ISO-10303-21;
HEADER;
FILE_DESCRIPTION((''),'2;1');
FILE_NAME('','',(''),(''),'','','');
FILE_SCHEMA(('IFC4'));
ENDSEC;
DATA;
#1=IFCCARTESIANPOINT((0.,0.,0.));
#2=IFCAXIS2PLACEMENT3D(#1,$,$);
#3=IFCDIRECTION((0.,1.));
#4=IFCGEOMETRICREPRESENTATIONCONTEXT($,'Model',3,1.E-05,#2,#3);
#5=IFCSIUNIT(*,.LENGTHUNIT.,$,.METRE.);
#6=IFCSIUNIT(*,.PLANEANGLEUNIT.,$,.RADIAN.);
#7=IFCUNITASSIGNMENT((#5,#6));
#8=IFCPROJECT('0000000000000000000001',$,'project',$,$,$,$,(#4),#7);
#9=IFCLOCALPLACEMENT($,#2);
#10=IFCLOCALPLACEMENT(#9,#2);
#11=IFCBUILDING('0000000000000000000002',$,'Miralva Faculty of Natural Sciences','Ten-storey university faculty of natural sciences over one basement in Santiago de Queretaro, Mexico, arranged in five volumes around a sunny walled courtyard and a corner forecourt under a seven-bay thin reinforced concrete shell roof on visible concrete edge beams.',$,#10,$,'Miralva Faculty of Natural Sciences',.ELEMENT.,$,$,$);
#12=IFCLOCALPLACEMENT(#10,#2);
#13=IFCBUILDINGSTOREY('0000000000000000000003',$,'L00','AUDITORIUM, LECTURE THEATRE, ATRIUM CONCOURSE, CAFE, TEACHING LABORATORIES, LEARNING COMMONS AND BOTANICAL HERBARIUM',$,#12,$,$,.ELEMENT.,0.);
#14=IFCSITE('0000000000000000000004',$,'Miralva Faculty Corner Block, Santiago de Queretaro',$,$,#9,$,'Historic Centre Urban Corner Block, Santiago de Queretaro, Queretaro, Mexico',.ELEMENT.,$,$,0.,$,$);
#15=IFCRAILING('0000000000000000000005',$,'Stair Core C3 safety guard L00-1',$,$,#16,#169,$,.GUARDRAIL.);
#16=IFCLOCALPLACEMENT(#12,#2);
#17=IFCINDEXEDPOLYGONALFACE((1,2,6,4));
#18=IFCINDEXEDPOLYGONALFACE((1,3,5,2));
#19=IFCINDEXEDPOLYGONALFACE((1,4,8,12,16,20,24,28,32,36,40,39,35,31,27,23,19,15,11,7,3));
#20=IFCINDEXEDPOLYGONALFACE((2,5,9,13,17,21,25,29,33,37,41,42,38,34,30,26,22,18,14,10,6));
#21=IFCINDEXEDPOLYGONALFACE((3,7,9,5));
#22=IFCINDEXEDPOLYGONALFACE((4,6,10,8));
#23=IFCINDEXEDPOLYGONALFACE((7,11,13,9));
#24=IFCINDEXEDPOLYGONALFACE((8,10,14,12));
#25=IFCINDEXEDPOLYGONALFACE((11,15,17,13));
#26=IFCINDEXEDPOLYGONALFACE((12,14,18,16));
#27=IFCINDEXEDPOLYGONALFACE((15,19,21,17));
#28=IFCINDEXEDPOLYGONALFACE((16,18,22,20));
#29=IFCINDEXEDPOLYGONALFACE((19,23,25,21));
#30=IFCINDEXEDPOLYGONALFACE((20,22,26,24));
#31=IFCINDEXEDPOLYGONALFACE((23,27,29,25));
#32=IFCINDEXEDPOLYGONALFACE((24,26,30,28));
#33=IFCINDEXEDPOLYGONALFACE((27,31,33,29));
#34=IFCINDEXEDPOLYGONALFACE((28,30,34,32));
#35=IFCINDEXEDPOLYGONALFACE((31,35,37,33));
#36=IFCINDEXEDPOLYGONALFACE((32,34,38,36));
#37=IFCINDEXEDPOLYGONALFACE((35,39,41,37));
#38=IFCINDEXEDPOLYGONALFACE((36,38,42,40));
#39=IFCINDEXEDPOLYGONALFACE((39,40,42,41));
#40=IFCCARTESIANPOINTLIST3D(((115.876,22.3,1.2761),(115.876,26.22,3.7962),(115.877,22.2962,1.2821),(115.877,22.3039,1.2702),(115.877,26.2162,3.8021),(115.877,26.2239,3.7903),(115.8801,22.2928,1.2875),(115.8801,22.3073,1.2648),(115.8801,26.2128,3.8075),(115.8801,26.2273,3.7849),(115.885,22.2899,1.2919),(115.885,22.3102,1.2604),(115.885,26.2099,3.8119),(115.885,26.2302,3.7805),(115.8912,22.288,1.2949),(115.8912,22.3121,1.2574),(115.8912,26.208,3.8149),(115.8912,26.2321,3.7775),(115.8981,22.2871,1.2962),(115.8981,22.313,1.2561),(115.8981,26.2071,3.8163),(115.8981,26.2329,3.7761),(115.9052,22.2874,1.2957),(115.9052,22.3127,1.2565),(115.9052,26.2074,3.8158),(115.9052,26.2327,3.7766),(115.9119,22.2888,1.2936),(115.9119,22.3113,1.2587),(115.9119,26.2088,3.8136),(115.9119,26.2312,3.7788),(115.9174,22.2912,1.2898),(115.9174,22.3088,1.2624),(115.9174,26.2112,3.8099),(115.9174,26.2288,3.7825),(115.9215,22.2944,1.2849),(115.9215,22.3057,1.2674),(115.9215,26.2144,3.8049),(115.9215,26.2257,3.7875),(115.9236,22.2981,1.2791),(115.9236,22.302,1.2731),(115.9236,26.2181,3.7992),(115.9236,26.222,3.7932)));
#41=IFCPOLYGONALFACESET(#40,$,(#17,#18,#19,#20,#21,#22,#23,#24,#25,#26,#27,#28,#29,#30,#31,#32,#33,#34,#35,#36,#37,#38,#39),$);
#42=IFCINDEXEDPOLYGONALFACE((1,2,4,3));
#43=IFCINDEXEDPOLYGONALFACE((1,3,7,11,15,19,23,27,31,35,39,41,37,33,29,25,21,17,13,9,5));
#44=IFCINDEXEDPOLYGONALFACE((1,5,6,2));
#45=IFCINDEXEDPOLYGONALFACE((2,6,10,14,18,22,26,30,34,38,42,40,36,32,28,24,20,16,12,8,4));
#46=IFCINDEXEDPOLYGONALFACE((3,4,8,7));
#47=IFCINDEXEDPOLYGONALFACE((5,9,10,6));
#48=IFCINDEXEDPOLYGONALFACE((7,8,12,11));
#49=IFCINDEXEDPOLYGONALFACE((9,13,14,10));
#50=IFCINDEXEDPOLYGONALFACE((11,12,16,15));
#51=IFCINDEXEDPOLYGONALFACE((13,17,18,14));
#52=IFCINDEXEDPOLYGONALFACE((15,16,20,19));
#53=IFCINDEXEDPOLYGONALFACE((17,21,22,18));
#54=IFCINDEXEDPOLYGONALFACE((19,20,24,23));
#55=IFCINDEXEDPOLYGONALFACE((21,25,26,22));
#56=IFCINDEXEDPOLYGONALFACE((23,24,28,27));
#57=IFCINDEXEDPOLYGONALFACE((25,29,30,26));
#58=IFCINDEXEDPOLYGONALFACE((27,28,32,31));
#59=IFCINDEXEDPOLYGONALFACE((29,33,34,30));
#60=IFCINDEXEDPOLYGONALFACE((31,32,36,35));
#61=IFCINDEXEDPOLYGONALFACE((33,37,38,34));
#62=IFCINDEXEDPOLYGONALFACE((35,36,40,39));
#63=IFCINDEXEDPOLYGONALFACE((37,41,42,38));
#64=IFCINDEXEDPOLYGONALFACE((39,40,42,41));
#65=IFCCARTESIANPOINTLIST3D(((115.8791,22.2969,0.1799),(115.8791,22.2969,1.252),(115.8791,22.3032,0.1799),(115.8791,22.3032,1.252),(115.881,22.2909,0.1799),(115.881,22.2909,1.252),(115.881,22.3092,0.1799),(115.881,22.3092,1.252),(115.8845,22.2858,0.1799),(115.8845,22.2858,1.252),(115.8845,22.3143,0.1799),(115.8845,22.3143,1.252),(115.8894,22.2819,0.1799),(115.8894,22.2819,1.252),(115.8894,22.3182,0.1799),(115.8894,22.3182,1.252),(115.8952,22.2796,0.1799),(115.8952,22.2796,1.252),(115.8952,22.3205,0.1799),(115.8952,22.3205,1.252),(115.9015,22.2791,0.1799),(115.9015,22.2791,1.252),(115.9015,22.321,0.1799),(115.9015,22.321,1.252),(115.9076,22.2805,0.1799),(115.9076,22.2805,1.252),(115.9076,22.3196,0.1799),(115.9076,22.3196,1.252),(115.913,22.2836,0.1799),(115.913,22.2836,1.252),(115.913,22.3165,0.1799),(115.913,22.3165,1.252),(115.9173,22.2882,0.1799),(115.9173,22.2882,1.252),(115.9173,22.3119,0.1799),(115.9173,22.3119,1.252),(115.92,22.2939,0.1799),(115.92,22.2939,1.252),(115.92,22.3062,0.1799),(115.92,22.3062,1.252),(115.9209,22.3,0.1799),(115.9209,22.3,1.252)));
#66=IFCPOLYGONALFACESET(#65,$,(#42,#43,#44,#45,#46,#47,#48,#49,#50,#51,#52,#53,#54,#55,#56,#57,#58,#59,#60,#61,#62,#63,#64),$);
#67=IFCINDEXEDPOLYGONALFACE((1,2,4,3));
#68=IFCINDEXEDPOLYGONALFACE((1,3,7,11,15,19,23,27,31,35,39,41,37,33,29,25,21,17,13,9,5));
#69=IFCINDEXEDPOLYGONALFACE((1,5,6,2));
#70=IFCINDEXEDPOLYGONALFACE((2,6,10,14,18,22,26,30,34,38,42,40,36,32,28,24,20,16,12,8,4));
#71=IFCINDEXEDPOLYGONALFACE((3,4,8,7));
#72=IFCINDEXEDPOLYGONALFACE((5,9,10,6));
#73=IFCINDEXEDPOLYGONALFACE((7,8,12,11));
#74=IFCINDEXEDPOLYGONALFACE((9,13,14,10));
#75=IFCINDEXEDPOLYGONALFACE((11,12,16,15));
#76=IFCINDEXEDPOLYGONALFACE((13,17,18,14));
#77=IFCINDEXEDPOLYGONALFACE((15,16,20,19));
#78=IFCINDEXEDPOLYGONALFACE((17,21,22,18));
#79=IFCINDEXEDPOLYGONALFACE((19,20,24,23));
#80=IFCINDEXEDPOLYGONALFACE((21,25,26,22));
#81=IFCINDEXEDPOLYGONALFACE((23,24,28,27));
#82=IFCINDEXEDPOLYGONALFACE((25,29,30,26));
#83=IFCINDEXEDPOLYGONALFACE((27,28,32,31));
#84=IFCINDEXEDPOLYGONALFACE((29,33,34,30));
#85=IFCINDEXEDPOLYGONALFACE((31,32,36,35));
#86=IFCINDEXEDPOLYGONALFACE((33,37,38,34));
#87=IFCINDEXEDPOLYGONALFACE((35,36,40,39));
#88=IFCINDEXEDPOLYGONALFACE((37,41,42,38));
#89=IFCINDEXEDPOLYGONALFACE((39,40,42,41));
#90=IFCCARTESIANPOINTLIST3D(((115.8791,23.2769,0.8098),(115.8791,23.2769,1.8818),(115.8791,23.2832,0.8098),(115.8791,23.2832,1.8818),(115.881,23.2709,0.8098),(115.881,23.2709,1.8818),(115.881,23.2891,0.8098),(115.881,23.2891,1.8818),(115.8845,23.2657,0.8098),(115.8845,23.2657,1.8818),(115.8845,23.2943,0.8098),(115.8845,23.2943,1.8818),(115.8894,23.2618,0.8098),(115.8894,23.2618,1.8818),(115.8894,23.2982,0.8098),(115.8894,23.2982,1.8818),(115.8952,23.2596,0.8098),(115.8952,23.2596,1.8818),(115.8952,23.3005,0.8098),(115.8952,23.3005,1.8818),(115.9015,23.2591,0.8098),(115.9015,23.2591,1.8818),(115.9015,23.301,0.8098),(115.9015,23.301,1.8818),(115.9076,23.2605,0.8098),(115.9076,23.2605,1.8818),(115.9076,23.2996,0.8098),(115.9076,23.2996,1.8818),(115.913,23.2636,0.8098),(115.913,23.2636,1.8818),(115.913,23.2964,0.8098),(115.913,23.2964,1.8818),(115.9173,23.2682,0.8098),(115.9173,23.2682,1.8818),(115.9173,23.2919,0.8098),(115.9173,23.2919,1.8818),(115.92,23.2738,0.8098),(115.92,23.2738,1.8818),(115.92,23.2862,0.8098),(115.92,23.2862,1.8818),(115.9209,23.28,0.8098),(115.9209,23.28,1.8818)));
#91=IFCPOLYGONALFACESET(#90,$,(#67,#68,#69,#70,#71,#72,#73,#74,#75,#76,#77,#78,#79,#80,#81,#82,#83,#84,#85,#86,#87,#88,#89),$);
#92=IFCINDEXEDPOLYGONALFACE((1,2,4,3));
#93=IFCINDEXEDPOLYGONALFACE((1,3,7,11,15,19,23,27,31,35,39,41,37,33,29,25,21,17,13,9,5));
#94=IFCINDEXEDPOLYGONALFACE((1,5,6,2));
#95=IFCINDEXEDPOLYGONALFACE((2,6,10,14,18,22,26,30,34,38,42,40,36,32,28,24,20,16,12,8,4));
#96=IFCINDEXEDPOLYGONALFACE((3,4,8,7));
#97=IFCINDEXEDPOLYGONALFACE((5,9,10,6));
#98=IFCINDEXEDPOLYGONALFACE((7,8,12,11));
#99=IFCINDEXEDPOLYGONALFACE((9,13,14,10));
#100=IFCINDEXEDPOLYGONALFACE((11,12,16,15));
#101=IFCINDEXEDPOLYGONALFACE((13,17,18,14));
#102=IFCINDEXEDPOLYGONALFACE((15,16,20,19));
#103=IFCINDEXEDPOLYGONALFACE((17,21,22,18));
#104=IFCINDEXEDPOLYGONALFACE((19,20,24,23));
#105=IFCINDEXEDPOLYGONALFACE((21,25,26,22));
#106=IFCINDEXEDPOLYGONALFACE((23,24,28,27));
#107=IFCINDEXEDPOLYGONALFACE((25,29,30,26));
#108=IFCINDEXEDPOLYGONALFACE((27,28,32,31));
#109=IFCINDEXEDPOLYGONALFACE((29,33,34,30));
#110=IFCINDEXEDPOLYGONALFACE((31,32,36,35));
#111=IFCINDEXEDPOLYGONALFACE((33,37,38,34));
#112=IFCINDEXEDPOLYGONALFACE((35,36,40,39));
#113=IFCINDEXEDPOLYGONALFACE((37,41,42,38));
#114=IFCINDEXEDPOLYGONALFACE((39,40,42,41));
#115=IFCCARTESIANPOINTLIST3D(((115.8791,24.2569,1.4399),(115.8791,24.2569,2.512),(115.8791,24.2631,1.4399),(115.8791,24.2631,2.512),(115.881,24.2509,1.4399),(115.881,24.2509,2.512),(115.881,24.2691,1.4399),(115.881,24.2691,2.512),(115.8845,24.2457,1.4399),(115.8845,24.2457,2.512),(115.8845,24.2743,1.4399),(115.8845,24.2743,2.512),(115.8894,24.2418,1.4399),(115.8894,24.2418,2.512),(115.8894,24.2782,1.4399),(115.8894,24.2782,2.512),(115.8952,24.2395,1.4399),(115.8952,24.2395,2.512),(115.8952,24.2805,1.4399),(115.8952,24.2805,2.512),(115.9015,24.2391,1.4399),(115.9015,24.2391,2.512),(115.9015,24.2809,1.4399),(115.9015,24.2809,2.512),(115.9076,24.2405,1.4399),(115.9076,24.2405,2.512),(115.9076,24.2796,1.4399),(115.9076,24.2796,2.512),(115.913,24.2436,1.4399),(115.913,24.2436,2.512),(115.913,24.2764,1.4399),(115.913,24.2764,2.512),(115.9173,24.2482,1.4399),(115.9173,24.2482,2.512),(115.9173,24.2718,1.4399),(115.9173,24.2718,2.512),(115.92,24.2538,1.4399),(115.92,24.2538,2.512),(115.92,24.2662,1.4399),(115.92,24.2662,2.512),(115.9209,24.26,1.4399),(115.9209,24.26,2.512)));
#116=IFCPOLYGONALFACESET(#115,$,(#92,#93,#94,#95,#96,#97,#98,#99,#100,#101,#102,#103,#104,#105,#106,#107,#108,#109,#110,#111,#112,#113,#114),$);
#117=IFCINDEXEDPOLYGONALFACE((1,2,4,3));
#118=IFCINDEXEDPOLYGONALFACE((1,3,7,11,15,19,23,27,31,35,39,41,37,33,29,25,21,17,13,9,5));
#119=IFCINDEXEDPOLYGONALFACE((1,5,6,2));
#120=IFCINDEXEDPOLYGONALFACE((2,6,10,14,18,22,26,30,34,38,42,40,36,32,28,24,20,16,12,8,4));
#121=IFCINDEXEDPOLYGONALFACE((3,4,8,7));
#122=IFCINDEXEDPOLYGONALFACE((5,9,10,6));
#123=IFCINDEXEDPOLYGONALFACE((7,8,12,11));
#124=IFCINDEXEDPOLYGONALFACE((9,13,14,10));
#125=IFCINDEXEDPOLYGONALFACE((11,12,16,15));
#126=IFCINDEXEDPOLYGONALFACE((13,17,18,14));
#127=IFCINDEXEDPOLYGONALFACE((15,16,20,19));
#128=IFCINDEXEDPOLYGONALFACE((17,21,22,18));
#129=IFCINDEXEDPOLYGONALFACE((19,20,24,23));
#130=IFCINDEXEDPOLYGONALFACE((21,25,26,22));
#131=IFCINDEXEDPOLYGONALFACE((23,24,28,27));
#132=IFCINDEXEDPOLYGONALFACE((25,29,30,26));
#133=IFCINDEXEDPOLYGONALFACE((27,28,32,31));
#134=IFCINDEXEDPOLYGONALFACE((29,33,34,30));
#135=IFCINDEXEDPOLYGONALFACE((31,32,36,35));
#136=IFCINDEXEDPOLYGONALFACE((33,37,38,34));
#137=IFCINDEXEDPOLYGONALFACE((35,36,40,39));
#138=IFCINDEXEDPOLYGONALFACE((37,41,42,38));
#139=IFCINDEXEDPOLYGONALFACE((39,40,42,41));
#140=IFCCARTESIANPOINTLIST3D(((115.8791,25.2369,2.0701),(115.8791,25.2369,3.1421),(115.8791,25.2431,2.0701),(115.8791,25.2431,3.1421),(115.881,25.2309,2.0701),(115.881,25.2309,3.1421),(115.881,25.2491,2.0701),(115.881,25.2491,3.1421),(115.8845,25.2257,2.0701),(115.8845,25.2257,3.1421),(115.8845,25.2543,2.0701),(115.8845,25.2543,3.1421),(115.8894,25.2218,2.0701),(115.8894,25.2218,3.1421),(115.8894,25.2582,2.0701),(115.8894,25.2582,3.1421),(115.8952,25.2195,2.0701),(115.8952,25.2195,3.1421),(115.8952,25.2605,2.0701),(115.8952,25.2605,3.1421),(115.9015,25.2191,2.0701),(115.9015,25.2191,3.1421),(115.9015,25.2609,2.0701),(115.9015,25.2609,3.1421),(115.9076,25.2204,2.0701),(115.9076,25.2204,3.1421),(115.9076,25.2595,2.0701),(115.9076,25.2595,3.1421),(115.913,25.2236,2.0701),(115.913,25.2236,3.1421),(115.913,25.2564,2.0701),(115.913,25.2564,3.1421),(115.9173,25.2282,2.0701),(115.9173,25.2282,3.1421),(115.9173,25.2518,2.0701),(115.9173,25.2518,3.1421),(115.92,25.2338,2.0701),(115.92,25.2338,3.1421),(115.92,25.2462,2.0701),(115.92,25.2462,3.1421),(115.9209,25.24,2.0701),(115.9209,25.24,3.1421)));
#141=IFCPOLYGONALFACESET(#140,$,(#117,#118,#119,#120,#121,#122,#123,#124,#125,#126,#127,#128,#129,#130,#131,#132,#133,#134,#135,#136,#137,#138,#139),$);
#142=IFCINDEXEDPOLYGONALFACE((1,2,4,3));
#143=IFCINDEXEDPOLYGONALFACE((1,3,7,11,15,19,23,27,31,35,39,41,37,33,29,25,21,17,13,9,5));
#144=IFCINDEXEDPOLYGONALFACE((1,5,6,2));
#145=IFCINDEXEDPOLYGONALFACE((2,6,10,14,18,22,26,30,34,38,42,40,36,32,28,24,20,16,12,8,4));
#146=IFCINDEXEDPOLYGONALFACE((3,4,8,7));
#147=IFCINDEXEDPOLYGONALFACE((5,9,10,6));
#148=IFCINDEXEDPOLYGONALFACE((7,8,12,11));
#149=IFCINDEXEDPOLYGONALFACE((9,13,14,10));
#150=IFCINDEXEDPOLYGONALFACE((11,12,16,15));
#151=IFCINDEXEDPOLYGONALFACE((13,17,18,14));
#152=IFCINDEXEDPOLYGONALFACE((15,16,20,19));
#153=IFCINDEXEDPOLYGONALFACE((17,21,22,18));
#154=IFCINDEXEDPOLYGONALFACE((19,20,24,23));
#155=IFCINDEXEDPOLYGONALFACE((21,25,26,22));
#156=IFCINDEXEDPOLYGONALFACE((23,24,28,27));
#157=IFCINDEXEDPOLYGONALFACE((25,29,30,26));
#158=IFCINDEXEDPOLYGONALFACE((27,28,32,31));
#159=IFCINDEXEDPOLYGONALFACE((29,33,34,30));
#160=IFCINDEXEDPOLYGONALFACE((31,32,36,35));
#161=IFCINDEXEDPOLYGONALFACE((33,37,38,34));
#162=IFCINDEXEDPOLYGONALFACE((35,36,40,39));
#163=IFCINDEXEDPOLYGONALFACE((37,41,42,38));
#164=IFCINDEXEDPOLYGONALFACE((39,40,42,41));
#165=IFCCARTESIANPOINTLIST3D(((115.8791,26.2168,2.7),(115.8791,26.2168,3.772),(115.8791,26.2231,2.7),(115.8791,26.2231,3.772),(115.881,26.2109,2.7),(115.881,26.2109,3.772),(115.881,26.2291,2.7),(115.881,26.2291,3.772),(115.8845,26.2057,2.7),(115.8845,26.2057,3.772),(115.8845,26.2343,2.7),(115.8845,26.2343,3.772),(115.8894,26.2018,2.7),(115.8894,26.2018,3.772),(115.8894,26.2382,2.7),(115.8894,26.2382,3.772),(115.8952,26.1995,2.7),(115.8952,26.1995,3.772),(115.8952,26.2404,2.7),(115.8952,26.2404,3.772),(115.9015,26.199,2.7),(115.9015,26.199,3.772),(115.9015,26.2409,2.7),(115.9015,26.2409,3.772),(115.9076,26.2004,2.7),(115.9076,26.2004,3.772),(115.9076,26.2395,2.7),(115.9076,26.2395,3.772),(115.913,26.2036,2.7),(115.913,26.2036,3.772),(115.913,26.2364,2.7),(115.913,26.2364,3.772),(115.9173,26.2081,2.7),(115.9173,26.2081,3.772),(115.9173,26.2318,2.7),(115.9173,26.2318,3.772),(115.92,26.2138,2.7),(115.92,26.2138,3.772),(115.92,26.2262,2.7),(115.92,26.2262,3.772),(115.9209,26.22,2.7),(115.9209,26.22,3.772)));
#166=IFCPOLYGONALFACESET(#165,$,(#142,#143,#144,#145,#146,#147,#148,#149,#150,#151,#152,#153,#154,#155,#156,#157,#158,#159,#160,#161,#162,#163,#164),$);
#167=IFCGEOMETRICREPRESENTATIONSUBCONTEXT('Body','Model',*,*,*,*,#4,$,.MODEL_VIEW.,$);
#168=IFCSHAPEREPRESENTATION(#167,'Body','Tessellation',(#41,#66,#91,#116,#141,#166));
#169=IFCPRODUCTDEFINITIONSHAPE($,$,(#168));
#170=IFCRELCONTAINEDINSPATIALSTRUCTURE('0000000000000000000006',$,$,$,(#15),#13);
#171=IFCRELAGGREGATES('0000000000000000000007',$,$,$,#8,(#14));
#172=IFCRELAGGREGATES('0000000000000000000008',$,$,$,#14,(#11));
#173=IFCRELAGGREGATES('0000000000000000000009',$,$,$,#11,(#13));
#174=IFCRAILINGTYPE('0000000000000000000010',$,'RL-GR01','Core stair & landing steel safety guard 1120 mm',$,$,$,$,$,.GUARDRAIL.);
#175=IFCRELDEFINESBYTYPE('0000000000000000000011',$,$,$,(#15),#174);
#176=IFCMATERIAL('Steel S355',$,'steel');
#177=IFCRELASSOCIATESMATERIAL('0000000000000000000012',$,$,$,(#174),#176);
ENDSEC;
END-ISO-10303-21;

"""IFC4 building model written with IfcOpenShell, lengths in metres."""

from ifc_helpers import new_model, si_unit, direction, frame, origin, origin_2d, place, context, subcontext, project, spatial, circle, extrude, material, type_object, element, save


model = new_model("IFC4")

# Units and contexts
model_context = context("Model", 3, precision=1e-05, world=origin(), true_north=direction((0.0, 1.0)))
body_context = subcontext(model_context, "Body", "Model", "MODEL_VIEW")
ifc_project = project(units=[si_unit("LENGTHUNIT", "METRE"), si_unit("PLANEANGLEUNIT", "RADIAN")], contexts=[model_context])

# Site, building, storey
site_placement = place(None, origin())
site = spatial("IfcSite", under=ifc_project, at=site_placement, Name="Miralva Faculty Corner Block, Santiago de Queretaro", LongName="Historic Centre Urban Corner Block, Santiago de Queretaro, Queretaro, Mexico", CompositionType="ELEMENT", RefElevation=0.0)
building_placement = place(site_placement, origin())
building = spatial("IfcBuilding", under=site, at=building_placement, Name="Miralva Faculty of Natural Sciences", Description="Ten-storey university faculty of natural sciences over one basement in Santiago de Queretaro, Mexico, arranged in five volumes around a sunny walled courtyard and a corner forecourt under a seven-bay thin reinforced concrete shell roof on visible concrete edge beams.", LongName="Miralva Faculty of Natural Sciences", CompositionType="ELEMENT")
storey_placement = place(building_placement, origin())
storey = spatial("IfcBuildingStorey", under=building, at=storey_placement, Name="L00", Description="AUDITORIUM, LECTURE THEATRE, ATRIUM CONCOURSE, CAFE, TEACHING LABORATORIES, LEARNING COMMONS AND BOTANICAL HERBARIUM", CompositionType="ELEMENT", Elevation=0.0)

# Railing
ifc_material_1 = material(Name="Steel S355", Category="steel")
railing_type_1 = type_object("IfcRailingType", Name="RL-GR01", Description="Core stair & landing steel safety guard 1120 mm", PredefinedType="GUARDRAIL", material=ifc_material_1)
railing_1_placement = place(storey_placement, frame((115.8999, 22.3, 0.1799)))
element("IfcRailing", 1, at=railing_1_placement, inside=storey, type_object=railing_type_1, Name="Stair Core C3 safety guard L00-1", PredefinedType="GUARDRAIL", context=body_context, shape_type="SweptSolid", body=[
    extrude(circle(Radius=0.0239, at=origin_2d()), frame((0.0, 0.0, 1.0962), z_axis=(0.0, 0.841172, 0.540768), x_axis=(-1.0, 0.0, 0.0)), (0.0, 0.0, 1.0), 4.6602),
    extrude(circle(Radius=0.021, at=origin_2d()), origin(), (0.0, 0.0, 1.0), 1.072),
    extrude(circle(Radius=0.021, at=origin_2d()), frame((0.0, 0.98, 0.6299)), (0.0, 0.0, 1.0), 1.072),
    extrude(circle(Radius=0.021, at=origin_2d()), frame((0.0, 1.96, 1.26)), (0.0, 0.0, 1.0), 1.072),
    extrude(circle(Radius=0.021, at=origin_2d()), frame((0.0, 2.9399, 1.8901)), (0.0, 0.0, 1.0), 1.072),
    extrude(circle(Radius=0.021, at=origin_2d()), frame((0.0, 3.9199, 2.52)), (0.0, 0.0, 1.0), 1.072),
])

save(model, "model.ifc")
